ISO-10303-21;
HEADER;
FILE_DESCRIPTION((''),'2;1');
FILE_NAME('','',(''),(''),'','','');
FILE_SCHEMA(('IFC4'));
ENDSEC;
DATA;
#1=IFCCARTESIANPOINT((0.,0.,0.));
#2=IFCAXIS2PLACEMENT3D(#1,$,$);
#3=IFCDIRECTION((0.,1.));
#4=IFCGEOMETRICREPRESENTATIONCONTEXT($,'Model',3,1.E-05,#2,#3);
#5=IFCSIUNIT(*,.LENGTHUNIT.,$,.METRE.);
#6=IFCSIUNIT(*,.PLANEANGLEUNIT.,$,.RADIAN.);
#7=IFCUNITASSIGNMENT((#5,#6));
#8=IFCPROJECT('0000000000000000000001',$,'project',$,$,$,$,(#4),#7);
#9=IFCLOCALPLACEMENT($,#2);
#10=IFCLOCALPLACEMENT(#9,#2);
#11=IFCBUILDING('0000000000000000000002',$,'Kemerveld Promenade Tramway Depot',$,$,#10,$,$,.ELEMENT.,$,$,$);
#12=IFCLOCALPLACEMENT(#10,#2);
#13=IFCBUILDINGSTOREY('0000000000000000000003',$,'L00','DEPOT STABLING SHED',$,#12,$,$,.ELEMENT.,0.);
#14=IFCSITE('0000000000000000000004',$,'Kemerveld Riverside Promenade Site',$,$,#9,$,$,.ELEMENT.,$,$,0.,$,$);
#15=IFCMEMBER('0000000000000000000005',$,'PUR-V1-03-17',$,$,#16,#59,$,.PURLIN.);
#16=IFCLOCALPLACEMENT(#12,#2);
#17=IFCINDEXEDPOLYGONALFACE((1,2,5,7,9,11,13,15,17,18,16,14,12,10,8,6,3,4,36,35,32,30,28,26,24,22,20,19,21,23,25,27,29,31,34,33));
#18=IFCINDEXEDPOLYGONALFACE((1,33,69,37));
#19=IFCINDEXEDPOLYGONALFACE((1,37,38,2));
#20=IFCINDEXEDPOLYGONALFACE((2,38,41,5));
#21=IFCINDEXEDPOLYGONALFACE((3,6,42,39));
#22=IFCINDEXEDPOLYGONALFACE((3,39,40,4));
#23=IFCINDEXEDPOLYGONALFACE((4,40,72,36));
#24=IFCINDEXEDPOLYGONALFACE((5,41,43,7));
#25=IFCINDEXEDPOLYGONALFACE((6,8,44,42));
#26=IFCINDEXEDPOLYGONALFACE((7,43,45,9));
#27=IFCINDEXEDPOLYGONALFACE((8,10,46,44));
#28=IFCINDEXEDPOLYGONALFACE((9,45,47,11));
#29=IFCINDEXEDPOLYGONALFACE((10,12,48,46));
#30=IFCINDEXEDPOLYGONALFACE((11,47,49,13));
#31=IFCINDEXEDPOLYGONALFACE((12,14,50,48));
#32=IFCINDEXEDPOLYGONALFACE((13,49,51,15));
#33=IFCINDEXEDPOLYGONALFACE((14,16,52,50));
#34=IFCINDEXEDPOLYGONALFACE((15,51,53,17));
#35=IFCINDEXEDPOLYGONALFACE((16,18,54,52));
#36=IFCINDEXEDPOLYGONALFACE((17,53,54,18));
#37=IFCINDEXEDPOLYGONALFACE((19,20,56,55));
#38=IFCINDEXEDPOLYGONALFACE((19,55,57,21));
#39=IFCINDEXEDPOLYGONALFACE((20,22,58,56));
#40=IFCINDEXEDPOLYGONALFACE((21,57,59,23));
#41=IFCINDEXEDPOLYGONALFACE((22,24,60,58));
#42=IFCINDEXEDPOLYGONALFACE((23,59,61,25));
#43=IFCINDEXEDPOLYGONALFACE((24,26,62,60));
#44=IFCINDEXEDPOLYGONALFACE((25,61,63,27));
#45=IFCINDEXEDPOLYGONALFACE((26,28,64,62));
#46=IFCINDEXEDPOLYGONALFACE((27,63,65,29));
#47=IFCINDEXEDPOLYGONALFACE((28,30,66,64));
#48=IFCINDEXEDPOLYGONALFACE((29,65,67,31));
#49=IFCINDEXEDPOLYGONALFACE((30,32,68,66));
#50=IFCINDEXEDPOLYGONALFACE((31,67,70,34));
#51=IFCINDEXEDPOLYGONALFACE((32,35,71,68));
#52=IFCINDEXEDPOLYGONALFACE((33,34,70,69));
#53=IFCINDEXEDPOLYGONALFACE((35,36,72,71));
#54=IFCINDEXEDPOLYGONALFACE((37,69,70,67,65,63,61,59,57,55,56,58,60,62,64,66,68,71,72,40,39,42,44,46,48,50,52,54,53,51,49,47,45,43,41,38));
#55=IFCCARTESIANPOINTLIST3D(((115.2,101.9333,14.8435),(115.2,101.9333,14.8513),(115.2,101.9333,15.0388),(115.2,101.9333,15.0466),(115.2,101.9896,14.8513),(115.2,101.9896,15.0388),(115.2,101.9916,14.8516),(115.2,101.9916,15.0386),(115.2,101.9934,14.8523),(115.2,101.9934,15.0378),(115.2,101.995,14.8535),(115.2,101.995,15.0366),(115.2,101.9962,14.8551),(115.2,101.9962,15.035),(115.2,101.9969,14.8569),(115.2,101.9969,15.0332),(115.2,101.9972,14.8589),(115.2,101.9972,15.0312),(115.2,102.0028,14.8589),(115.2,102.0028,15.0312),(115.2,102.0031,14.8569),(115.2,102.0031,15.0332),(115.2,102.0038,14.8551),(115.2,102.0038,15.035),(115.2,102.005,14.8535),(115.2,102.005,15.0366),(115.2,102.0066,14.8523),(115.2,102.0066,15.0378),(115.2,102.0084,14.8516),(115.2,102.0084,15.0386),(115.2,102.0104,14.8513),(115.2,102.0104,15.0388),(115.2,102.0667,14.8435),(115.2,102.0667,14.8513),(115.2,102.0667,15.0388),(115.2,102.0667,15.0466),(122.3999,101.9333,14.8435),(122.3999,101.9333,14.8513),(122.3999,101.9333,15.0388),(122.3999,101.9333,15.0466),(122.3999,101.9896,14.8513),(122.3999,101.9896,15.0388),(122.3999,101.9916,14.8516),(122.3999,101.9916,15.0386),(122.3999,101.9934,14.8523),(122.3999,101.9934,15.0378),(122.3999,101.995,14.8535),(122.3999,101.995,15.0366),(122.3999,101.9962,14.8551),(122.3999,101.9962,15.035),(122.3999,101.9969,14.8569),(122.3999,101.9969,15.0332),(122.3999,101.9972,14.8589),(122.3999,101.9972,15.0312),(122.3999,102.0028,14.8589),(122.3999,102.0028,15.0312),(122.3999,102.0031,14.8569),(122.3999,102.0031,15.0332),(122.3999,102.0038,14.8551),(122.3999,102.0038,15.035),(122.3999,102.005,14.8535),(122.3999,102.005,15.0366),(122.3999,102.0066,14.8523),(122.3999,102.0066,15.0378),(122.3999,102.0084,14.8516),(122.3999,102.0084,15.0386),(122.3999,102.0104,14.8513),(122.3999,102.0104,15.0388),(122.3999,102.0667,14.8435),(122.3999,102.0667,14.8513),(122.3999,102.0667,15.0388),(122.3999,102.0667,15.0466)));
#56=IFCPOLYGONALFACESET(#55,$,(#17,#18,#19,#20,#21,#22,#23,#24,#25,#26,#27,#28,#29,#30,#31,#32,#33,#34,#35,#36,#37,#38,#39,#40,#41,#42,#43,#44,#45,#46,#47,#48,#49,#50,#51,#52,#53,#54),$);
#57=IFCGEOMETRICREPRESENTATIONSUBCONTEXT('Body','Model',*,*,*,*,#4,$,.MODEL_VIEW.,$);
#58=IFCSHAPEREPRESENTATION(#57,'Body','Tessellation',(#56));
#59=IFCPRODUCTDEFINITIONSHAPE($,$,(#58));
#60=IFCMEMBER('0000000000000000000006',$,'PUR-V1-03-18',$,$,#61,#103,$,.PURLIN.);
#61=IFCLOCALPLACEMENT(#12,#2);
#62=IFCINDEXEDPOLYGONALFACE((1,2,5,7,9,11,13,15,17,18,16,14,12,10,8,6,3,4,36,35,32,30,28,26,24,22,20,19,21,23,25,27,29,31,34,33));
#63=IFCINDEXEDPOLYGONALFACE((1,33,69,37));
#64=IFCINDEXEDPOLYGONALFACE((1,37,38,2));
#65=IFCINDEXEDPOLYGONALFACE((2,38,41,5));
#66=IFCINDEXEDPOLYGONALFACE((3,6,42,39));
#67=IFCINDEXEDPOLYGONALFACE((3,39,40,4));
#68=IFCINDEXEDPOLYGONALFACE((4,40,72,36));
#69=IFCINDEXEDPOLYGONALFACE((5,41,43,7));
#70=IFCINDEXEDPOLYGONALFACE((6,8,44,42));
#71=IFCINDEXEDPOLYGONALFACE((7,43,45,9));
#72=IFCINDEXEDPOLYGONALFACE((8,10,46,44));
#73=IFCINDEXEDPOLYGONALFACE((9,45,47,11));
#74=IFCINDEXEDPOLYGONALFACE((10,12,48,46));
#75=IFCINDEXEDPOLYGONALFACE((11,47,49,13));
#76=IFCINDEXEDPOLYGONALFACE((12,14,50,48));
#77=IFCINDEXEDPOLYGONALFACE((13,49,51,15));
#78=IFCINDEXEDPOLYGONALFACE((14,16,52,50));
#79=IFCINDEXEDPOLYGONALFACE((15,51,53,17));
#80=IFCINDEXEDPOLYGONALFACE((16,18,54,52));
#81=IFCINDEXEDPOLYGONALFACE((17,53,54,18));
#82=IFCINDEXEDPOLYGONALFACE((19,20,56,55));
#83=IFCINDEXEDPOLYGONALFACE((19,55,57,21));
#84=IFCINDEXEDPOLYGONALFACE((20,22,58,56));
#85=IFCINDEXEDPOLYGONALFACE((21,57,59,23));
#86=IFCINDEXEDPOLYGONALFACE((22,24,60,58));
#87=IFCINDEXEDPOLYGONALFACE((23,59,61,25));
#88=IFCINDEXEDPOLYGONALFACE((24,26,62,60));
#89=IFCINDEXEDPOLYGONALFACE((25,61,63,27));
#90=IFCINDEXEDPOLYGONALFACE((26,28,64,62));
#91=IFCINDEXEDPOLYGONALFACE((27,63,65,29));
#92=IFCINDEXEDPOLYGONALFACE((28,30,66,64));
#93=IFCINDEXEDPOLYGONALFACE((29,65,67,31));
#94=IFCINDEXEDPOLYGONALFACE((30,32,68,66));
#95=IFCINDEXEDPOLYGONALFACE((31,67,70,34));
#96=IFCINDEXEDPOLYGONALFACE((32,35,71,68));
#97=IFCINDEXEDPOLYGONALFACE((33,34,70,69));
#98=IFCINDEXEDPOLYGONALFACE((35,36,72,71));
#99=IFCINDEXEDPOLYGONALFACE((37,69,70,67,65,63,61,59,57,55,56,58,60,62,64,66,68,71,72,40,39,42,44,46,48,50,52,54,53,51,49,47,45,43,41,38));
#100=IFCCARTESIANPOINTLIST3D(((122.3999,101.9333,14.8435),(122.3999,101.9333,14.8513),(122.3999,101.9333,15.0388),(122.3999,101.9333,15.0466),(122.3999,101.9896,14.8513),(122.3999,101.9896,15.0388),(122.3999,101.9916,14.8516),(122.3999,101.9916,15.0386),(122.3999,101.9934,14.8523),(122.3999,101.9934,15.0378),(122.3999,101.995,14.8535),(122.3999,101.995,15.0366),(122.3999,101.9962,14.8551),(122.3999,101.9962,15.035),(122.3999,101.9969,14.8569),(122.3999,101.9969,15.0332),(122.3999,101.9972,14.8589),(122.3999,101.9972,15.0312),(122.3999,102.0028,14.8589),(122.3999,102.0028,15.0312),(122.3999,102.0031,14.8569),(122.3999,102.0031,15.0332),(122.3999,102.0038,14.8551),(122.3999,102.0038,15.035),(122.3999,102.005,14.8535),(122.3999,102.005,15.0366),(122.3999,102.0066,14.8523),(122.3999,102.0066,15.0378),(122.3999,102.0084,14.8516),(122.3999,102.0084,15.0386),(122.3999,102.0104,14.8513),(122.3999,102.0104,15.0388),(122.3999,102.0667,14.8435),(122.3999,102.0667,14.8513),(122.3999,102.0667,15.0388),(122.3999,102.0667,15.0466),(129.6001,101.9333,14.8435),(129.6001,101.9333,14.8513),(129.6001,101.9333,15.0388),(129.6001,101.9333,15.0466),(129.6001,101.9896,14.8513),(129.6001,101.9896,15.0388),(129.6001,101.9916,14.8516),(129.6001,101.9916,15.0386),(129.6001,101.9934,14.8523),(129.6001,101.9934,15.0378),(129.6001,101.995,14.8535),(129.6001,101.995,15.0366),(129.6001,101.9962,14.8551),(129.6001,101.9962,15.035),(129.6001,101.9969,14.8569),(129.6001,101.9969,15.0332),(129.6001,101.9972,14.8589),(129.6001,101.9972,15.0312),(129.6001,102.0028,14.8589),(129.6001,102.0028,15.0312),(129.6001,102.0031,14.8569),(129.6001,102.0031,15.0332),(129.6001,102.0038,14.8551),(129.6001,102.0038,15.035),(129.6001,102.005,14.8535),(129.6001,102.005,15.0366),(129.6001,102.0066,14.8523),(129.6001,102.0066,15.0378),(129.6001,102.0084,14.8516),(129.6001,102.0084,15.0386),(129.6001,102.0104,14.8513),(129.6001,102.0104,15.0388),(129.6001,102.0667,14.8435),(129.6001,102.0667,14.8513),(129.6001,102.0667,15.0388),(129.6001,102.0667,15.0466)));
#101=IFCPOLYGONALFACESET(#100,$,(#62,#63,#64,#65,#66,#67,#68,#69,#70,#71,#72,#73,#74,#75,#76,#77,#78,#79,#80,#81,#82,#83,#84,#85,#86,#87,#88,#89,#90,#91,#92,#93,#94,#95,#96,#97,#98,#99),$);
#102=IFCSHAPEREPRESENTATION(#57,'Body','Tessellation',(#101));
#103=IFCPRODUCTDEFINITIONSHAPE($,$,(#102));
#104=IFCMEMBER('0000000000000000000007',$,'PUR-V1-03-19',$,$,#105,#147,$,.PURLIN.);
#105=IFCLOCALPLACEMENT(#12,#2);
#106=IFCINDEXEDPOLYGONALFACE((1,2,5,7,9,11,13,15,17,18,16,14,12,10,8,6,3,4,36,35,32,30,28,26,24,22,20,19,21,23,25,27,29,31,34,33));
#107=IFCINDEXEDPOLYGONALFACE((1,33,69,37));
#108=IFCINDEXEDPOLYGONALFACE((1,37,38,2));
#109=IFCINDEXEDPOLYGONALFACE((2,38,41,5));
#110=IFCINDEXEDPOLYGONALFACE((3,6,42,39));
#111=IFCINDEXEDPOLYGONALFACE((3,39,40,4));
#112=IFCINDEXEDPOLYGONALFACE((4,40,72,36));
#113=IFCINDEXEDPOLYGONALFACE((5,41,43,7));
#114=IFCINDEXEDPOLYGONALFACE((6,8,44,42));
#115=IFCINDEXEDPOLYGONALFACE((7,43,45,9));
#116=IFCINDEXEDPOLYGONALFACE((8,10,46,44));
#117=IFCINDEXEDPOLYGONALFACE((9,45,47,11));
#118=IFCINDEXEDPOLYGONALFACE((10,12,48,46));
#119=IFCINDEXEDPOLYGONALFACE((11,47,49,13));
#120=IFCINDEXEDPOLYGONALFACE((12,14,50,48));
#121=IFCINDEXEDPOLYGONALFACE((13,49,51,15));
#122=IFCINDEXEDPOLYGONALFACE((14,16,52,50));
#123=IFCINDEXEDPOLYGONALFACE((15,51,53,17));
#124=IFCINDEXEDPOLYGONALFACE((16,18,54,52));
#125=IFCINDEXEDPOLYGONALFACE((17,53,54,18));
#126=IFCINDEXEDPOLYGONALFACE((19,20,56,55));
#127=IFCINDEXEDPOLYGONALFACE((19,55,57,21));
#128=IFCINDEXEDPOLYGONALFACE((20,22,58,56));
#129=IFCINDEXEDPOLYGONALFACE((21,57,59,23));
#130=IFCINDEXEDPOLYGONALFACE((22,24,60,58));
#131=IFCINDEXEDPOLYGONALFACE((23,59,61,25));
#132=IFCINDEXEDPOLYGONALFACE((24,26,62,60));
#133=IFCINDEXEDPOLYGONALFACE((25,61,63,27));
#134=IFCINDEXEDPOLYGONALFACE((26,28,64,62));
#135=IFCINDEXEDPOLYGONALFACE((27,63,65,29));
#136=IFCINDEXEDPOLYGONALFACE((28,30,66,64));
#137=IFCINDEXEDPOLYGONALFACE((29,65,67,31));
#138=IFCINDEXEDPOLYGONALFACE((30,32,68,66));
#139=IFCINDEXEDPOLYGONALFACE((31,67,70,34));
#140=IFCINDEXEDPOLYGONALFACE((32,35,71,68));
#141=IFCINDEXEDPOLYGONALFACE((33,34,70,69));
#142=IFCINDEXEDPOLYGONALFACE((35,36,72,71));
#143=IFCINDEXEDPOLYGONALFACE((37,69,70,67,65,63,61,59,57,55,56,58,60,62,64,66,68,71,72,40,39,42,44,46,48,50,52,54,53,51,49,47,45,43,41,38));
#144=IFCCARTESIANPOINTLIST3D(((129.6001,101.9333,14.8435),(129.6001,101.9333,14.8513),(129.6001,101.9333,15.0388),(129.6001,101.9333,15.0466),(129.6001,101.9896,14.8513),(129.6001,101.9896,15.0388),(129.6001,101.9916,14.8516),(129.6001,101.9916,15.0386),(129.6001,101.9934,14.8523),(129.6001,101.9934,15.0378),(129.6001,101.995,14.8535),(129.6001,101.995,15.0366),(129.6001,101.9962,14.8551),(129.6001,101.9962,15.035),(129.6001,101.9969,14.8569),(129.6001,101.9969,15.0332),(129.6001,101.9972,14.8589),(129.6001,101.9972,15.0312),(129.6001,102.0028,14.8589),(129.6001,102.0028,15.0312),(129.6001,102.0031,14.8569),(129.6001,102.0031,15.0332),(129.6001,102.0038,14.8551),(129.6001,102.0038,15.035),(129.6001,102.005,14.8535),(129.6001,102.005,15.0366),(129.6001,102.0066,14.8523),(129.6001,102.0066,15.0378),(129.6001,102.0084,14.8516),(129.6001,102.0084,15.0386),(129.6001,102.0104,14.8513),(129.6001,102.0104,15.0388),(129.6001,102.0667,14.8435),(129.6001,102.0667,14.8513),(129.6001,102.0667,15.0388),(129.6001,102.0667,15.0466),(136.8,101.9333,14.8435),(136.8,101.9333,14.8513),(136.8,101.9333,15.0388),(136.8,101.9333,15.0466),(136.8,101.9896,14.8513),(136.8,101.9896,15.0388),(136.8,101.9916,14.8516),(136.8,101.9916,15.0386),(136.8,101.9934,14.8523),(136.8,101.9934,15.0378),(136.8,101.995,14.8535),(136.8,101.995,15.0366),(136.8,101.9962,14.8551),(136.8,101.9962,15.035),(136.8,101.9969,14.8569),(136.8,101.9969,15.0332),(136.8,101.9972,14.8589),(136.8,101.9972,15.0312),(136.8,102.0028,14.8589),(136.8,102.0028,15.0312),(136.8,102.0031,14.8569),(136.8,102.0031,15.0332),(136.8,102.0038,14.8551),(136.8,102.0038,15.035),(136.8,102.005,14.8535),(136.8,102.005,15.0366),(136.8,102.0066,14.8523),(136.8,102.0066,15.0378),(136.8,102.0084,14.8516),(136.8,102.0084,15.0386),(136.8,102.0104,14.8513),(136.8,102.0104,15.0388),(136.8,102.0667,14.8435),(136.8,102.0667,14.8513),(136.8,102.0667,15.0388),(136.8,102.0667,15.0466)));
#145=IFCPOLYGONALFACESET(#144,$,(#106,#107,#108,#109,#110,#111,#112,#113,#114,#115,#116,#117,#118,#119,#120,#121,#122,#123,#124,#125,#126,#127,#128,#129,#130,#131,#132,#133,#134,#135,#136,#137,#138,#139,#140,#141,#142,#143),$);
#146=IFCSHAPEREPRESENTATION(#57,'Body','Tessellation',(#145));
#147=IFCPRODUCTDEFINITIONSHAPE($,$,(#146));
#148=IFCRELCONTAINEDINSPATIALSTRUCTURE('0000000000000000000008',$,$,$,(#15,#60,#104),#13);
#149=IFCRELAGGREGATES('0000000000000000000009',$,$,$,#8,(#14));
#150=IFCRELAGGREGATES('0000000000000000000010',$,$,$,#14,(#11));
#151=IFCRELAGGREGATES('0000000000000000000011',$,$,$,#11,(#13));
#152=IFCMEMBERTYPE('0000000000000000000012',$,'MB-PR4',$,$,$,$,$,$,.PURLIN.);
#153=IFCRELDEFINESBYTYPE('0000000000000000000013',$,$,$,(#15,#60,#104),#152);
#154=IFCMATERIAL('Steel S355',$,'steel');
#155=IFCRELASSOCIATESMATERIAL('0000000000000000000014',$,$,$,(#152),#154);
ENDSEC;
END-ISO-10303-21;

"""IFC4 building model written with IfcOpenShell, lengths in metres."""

from ifc_helpers import new_model, si_unit, direction, frame, origin, origin_2d, place, context, subcontext, project, spatial, i_section, extrude, material, material_profile, profile_set, type_object, element, save


model = new_model("IFC4")

# Units and contexts
model_context = context("Model", 3, precision=1e-05, world=origin(), true_north=direction((0.0, 1.0)))
body_context = subcontext(model_context, "Body", "Model", "MODEL_VIEW")
ifc_project = project(units=[si_unit("LENGTHUNIT", "METRE"), si_unit("PLANEANGLEUNIT", "RADIAN")], contexts=[model_context])

# Site, building, storey
site_placement = place(None, origin())
site = spatial("IfcSite", under=ifc_project, at=site_placement, Name="Kemerveld Riverside Promenade Site", CompositionType="ELEMENT", RefElevation=0.0)
building_placement = place(site_placement, origin())
building = spatial("IfcBuilding", under=site, at=building_placement, Name="Kemerveld Promenade Tramway Depot", CompositionType="ELEMENT")
storey_placement = place(building_placement, origin())
storey = spatial("IfcBuildingStorey", under=building, at=storey_placement, Name="L00", Description="DEPOT STABLING SHED", CompositionType="ELEMENT", Elevation=0.0)

# Members
ifc_material_1 = material(Name="Steel S355", Category="steel")
ifc_material_profile_1 = material_profile(ifc_material_1, i_section(OverallWidth=0.1333, OverallDepth=0.2031, WebThickness=0.0056, FlangeThickness=0.0078, FilletRadius=0.0076, at=origin_2d()), Name="203x133x25 UB")
ifc_profile_set_1 = profile_set([ifc_material_profile_1], Name="Steel S355")
member_type_1 = type_object("IfcMemberType", Name="MB-PR4", PredefinedType="PURLIN", material=ifc_profile_set_1)
member_1_placement = place(storey_placement, frame((115.2, 102.0, 14.9451), z_axis=(1.0, 0.0, 0.0), x_axis=(0.0, 1.0, 0.0)))
element("IfcMember", 1, at=member_1_placement, inside=storey, type_object=member_type_1, Name="PUR-V1-03-17", PredefinedType="PURLIN", context=body_context, shape_type="SweptSolid", body=[
    extrude(i_section(OverallWidth=0.1333, OverallDepth=0.2031, WebThickness=0.0056, FlangeThickness=0.0078, FilletRadius=0.0076, at=origin_2d()), origin(), (0.0, 0.0, 1.0), 7.2),
])
member_2_placement = place(storey_placement, frame((122.3999, 102.0, 14.9451), z_axis=(1.0, 0.0, 0.0), x_axis=(0.0, 1.0, 0.0)))
element("IfcMember", 2, at=member_2_placement, inside=storey, type_object=member_type_1, Name="PUR-V1-03-18", PredefinedType="PURLIN", context=body_context, shape_type="SweptSolid", body=[
    extrude(i_section(OverallWidth=0.1333, OverallDepth=0.2031, WebThickness=0.0056, FlangeThickness=0.0078, FilletRadius=0.0076, at=origin_2d()), origin(), (0.0, 0.0, 1.0), 7.2002),
])
member_3_placement = place(storey_placement, frame((129.6001, 102.0, 14.9451), z_axis=(1.0, 0.0, 0.0), x_axis=(0.0, 1.0, 0.0)))
element("IfcMember", 3, at=member_3_placement, inside=storey, type_object=member_type_1, Name="PUR-V1-03-19", PredefinedType="PURLIN", context=body_context, shape_type="SweptSolid", body=[
    extrude(i_section(OverallWidth=0.1333, OverallDepth=0.2031, WebThickness=0.0056, FlangeThickness=0.0078, FilletRadius=0.0076, at=origin_2d()), origin(), (0.0, 0.0, 1.0), 7.2),
])

save(model, "model.ifc")
